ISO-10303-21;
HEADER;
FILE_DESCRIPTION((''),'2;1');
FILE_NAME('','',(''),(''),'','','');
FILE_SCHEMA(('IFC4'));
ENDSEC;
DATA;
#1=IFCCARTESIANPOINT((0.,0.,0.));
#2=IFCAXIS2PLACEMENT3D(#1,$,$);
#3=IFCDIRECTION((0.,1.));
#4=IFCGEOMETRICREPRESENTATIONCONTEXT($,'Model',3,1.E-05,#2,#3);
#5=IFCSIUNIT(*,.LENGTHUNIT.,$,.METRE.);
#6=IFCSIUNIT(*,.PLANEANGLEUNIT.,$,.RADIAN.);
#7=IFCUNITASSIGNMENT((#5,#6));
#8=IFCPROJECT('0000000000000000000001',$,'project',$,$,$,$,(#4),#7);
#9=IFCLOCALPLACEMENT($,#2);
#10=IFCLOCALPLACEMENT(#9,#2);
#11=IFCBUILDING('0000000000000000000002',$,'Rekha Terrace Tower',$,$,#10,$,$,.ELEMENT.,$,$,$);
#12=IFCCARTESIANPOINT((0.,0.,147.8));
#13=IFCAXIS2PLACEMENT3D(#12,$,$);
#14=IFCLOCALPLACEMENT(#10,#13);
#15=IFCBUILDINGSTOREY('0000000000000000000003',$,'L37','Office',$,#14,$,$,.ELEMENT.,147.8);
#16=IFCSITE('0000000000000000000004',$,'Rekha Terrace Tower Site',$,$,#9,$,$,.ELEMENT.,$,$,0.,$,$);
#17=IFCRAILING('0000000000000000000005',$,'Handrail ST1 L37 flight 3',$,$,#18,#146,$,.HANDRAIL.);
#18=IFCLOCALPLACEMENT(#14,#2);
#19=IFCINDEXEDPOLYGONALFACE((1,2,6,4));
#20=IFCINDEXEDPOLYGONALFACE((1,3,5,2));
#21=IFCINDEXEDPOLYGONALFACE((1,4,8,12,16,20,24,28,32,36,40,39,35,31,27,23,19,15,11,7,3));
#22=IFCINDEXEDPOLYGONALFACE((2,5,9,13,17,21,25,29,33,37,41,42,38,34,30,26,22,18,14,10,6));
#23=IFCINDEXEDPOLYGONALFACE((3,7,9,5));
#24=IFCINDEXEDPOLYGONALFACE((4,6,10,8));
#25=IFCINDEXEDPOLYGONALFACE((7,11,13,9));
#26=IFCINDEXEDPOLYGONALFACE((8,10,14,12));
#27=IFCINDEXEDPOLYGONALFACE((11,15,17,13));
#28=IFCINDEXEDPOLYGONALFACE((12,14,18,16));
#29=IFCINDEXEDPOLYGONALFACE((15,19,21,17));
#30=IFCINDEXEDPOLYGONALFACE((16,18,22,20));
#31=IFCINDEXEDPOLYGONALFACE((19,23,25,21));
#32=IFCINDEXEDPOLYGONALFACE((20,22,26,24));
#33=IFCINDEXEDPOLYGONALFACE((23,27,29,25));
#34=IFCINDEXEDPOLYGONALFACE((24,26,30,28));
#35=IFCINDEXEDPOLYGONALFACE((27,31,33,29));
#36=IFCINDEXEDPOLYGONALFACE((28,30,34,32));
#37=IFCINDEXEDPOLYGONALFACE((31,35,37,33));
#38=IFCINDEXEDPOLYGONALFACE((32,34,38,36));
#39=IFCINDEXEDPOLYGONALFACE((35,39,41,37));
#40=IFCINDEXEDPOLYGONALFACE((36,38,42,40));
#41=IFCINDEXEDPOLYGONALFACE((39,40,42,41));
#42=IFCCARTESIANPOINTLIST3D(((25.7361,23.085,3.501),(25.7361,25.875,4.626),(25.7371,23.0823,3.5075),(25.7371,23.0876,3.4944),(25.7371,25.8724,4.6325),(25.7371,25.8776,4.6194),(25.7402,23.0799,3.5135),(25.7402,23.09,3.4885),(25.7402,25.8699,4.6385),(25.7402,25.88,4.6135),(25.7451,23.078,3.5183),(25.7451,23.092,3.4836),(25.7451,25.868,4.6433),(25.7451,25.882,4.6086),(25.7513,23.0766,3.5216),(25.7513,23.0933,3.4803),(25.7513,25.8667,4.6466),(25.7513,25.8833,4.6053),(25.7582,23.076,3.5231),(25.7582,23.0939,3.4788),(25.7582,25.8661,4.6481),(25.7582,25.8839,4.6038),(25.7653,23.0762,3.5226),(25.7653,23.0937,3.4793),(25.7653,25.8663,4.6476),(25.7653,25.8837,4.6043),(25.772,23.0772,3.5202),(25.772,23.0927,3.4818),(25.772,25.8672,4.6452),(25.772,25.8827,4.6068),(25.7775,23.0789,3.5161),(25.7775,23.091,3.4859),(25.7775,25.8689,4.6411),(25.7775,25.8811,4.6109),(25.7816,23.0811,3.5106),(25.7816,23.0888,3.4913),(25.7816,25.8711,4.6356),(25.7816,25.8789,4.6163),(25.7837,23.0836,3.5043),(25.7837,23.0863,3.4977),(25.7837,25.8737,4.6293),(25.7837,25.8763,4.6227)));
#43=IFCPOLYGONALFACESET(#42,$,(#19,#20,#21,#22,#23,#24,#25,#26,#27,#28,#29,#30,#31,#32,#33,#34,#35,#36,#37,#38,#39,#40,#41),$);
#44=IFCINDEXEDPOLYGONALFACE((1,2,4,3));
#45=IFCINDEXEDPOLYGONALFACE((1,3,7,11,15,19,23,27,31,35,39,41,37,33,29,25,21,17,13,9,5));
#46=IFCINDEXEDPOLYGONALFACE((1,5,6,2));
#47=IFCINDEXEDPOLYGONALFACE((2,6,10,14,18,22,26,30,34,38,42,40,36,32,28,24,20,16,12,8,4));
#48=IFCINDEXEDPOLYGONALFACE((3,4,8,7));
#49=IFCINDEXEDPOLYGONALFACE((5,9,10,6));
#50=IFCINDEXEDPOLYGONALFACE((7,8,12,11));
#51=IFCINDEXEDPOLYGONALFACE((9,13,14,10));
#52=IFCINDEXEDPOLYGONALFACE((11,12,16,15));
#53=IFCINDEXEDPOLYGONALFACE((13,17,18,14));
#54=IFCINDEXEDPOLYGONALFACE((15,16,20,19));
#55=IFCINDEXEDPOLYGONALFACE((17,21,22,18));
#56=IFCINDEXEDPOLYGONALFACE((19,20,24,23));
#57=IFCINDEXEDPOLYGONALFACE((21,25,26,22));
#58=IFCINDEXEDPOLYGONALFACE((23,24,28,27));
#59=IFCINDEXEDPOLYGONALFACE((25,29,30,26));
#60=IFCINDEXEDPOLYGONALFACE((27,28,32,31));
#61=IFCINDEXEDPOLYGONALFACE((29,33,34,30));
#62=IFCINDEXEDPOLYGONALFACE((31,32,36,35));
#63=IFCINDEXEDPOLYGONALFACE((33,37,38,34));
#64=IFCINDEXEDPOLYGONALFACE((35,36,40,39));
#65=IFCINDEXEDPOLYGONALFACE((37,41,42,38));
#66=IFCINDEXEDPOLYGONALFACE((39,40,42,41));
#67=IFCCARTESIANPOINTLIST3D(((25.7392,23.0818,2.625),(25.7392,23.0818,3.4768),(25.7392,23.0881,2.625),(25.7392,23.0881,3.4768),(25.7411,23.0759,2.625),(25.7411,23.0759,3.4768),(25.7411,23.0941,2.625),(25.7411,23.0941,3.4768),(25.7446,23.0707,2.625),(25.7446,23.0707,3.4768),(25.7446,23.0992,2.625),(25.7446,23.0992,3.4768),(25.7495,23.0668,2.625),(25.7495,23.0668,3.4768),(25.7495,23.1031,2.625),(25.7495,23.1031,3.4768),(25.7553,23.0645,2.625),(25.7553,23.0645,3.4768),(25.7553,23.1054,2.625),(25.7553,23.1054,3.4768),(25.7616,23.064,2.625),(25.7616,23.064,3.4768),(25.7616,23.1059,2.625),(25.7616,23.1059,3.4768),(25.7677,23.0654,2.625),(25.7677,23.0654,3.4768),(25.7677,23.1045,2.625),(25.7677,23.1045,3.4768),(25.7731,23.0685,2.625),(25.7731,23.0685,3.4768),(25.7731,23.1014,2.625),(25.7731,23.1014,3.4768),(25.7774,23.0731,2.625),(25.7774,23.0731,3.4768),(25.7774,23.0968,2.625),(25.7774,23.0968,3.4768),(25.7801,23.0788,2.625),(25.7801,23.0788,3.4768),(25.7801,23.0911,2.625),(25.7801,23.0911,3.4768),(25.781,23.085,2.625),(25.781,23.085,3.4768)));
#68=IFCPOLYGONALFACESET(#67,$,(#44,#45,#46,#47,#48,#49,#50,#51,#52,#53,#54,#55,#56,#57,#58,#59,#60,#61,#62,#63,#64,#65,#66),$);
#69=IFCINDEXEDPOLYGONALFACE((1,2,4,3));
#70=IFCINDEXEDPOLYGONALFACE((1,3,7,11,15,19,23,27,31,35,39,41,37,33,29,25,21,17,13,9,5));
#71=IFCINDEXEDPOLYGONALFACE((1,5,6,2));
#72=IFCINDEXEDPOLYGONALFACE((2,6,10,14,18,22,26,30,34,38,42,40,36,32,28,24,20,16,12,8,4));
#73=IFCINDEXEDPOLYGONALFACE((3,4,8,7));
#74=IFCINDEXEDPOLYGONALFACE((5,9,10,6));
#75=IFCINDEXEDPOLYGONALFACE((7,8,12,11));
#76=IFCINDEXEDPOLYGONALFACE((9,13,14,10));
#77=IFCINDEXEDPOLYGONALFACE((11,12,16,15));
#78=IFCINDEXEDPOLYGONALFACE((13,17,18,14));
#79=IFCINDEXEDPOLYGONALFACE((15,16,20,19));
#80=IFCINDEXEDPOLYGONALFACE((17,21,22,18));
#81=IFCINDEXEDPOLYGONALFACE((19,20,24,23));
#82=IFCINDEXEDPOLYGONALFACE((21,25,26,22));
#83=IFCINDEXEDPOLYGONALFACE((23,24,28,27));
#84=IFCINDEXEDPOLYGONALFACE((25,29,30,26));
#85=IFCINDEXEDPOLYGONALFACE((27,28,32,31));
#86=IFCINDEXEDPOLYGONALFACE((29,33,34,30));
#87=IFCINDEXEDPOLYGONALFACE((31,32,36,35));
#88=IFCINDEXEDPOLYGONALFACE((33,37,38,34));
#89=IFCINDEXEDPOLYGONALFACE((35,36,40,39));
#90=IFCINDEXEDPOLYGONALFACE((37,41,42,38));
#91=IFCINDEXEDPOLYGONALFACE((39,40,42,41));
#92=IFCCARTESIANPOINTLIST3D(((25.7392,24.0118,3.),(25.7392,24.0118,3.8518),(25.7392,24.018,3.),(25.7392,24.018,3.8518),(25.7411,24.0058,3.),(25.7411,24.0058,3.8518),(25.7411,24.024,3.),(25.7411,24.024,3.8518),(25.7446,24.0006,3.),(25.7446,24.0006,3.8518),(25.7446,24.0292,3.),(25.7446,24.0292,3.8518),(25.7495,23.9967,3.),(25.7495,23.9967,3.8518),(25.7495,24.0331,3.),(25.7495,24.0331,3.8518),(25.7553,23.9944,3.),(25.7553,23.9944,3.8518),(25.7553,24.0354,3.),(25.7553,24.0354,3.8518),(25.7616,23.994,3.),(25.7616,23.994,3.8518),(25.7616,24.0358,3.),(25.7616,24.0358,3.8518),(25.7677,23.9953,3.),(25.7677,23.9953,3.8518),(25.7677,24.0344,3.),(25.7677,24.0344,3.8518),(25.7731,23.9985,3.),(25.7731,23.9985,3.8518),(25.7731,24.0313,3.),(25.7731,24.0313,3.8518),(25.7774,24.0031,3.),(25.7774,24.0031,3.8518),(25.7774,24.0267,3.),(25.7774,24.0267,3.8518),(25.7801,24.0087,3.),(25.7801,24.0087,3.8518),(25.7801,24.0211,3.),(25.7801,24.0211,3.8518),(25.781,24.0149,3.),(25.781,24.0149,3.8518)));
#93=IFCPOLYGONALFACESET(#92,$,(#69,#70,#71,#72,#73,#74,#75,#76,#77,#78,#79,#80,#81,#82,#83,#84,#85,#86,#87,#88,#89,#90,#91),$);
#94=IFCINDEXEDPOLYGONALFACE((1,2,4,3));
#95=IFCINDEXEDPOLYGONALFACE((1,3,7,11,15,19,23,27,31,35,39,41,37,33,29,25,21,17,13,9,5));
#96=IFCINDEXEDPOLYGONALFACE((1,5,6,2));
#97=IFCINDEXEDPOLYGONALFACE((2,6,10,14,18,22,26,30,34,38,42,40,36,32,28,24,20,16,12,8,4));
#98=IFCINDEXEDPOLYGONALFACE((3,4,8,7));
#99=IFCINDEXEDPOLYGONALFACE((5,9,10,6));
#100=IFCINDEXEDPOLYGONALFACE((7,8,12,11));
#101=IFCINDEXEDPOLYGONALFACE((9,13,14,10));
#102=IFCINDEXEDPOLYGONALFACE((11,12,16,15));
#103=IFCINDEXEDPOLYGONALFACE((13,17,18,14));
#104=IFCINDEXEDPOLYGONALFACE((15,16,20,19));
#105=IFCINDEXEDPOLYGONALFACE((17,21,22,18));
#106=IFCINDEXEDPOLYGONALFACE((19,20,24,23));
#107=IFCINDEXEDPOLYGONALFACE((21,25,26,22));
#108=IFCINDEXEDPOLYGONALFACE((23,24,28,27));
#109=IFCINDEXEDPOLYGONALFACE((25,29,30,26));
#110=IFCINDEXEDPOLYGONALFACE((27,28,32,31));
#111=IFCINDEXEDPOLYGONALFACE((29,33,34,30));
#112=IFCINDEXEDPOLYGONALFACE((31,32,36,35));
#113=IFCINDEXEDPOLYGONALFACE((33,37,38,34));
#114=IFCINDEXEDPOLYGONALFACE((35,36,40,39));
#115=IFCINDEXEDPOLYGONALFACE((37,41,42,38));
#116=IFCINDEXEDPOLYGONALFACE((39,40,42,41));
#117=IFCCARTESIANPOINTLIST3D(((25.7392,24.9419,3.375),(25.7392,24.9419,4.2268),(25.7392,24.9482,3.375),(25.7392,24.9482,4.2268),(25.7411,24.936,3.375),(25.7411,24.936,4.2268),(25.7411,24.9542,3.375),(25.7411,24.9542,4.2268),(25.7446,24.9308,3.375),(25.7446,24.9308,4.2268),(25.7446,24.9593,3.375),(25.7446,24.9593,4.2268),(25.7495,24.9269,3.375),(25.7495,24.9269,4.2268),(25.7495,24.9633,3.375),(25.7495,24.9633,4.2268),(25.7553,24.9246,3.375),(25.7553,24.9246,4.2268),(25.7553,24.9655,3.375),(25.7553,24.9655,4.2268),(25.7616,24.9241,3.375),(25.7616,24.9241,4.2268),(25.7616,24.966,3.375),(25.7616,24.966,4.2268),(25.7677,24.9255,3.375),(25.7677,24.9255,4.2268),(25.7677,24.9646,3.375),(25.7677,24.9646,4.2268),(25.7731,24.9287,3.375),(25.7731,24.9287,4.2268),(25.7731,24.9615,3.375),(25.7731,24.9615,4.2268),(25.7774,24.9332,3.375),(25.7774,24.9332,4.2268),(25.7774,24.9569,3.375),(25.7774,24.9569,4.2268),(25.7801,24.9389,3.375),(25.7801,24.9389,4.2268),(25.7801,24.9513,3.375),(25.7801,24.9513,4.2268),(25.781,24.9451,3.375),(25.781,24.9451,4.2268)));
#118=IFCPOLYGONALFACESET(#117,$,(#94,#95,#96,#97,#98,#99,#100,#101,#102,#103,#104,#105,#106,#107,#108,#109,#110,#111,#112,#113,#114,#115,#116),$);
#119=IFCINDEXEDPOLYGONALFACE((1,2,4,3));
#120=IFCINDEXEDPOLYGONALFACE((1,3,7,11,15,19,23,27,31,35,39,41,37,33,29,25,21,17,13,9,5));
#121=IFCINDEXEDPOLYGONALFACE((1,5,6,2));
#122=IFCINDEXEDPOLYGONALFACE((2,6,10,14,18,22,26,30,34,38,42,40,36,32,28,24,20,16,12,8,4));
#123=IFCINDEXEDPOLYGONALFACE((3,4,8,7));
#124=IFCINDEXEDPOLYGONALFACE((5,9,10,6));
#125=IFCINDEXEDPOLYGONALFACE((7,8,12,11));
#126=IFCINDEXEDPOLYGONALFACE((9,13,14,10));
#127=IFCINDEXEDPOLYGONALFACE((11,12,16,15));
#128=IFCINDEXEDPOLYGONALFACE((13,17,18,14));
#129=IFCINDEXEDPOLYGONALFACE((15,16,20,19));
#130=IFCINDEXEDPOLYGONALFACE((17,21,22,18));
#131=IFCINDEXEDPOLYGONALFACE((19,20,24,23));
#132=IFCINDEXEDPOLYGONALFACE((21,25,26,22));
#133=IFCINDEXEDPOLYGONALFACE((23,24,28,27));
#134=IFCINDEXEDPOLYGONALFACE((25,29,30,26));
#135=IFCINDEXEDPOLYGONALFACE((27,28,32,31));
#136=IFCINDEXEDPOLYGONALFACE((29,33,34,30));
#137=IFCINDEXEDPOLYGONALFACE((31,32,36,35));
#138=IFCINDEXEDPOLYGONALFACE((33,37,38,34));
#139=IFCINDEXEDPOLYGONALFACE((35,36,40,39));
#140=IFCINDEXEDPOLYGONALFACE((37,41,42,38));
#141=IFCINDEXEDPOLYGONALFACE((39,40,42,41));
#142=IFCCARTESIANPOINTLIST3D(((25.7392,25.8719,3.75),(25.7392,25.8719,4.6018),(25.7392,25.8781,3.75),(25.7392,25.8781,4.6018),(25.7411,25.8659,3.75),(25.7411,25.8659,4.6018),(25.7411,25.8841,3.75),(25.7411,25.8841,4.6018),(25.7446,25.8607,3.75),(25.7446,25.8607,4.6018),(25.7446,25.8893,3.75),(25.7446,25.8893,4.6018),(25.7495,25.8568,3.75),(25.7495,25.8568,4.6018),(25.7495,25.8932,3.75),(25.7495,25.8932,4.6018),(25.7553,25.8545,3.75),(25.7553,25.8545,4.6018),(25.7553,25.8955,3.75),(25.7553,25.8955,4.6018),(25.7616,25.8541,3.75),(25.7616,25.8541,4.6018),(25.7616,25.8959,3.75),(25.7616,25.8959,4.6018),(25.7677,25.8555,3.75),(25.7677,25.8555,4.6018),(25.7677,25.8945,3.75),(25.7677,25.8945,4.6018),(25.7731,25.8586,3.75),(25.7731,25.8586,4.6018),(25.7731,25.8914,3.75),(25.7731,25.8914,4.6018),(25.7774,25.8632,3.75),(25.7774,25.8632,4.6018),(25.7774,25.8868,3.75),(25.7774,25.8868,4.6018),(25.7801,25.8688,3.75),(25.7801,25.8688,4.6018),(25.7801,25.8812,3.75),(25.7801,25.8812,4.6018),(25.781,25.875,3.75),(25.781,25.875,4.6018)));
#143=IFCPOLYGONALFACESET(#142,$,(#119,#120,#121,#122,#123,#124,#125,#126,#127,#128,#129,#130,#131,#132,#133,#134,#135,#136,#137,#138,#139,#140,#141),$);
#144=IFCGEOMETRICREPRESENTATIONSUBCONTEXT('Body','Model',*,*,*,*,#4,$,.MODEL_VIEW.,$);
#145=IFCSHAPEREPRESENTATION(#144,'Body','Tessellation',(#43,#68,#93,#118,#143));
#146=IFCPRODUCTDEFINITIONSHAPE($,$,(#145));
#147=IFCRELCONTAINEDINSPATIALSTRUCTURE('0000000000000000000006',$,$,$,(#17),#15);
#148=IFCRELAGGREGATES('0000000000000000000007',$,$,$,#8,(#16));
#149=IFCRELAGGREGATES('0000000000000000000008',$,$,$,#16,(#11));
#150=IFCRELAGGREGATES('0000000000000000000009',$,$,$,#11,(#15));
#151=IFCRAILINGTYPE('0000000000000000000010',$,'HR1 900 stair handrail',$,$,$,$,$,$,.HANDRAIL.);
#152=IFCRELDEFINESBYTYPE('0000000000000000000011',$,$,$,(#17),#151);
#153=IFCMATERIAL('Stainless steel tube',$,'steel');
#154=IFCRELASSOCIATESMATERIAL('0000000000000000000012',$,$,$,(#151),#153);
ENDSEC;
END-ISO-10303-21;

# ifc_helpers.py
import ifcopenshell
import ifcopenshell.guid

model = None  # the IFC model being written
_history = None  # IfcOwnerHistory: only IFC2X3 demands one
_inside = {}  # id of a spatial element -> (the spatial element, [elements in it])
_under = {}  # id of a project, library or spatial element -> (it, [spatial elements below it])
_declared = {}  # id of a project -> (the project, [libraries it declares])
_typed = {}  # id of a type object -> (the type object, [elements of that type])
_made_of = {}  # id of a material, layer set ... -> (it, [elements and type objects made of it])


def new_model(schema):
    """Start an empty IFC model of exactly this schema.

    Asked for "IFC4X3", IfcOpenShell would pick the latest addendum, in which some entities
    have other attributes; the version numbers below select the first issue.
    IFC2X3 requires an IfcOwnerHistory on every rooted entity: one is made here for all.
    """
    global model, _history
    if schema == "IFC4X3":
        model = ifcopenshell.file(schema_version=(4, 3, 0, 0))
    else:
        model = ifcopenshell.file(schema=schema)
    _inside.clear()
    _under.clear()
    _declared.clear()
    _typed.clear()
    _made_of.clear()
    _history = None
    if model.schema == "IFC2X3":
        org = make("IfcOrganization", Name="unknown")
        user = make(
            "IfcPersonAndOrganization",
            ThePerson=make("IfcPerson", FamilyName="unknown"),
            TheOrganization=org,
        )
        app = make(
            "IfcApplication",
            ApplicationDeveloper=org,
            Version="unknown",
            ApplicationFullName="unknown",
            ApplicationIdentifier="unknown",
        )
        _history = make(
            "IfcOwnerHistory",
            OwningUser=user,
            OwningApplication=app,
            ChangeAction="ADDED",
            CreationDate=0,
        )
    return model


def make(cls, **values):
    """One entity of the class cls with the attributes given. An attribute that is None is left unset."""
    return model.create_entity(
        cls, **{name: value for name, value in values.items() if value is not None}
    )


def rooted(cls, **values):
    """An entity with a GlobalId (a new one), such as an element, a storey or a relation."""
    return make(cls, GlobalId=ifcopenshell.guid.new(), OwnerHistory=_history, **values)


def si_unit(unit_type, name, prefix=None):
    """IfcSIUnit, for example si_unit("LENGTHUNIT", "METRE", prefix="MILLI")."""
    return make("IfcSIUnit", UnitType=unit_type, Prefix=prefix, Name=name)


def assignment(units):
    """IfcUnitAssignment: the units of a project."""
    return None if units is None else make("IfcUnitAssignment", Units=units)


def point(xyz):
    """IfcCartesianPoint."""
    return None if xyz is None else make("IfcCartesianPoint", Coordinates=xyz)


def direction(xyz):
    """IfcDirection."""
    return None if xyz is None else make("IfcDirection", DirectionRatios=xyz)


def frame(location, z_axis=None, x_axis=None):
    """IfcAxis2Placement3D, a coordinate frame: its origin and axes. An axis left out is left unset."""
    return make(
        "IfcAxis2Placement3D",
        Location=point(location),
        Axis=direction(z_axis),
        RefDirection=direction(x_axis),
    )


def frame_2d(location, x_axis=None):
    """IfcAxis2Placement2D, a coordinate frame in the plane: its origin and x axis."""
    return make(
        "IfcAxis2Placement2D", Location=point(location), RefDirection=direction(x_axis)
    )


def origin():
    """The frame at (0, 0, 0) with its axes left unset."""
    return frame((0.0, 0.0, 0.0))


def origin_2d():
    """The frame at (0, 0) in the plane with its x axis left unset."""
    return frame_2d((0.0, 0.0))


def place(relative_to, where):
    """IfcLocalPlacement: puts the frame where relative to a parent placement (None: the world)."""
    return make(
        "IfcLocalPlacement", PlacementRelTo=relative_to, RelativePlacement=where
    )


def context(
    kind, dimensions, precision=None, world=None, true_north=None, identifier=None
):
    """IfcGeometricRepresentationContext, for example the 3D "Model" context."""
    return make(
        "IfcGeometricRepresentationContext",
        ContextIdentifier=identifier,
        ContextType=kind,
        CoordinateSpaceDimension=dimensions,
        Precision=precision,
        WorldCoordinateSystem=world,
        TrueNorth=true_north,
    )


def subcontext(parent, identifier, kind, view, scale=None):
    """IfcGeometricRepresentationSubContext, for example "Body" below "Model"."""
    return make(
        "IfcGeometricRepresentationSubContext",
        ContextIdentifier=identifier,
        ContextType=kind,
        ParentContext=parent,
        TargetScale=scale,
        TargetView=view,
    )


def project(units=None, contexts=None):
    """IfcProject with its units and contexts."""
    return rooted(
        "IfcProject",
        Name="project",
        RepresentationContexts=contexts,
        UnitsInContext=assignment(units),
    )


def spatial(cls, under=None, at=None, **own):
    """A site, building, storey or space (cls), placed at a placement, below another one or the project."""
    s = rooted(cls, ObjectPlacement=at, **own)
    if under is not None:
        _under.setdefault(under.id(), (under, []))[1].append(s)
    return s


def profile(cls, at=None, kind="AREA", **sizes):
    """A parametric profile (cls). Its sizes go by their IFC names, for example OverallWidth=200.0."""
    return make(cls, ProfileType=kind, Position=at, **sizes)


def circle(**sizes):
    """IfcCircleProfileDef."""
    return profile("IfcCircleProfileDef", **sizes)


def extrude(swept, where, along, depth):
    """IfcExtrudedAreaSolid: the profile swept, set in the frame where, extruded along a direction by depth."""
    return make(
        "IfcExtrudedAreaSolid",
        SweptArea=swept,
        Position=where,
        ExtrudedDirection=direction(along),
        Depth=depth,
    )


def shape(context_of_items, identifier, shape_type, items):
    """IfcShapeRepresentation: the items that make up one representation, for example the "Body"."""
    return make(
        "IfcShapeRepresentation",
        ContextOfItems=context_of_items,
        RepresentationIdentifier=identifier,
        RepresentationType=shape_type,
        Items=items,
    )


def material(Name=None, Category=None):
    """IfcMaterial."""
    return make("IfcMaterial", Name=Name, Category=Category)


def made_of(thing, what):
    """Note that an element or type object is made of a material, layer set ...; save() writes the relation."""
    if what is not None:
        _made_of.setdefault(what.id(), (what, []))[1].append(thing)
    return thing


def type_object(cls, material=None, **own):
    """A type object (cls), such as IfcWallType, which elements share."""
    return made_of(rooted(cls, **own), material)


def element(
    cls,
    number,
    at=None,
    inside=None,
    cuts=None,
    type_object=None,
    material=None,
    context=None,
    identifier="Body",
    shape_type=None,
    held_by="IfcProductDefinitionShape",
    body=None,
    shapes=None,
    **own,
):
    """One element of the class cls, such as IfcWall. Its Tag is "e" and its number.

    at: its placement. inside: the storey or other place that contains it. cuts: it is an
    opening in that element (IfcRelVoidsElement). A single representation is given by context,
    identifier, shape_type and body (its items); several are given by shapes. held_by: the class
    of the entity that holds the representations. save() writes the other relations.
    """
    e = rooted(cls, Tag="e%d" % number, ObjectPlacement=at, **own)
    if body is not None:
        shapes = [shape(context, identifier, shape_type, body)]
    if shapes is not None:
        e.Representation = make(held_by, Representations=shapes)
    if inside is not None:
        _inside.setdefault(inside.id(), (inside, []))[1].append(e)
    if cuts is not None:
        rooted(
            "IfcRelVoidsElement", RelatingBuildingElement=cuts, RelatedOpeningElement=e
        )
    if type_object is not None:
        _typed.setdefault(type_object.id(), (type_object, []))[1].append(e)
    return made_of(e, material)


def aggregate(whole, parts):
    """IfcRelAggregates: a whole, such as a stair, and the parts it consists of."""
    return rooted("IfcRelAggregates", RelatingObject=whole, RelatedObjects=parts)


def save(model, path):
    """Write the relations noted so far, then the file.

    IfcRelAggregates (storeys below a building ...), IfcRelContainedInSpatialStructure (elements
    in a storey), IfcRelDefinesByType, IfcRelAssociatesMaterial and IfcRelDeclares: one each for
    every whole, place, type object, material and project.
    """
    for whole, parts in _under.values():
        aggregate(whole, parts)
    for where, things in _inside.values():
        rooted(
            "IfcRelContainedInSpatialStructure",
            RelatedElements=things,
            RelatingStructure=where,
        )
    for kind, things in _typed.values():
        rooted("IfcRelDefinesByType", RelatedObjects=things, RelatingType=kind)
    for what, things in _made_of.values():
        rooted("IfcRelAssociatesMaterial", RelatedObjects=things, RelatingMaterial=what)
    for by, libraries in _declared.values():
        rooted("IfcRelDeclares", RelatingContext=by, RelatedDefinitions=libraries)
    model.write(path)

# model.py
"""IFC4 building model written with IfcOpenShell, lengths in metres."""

from ifc_helpers import new_model, si_unit, direction, frame, origin, origin_2d, place, context, subcontext, project, spatial, circle, extrude, material, type_object, element, save


model = new_model("IFC4")

# Units and contexts
model_context = context("Model", 3, precision=1e-05, world=origin(), true_north=direction((0.0, 1.0)))
body_context = subcontext(model_context, "Body", "Model", "MODEL_VIEW")
ifc_project = project(units=[si_unit("LENGTHUNIT", "METRE"), si_unit("PLANEANGLEUNIT", "RADIAN")], contexts=[model_context])

# Site, building, storey
site_placement = place(None, origin())
site = spatial("IfcSite", under=ifc_project, at=site_placement, Name="Rekha Terrace Tower Site", CompositionType="ELEMENT", RefElevation=0.0)
building_placement = place(site_placement, origin())
building = spatial("IfcBuilding", under=site, at=building_placement, Name="Rekha Terrace Tower", CompositionType="ELEMENT")
storey_placement = place(building_placement, frame((0.0, 0.0, 147.8)))
storey = spatial("IfcBuildingStorey", under=building, at=storey_placement, Name="L37", Description="Office", CompositionType="ELEMENT", Elevation=147.8)

# Railing
ifc_material_1 = material(Name="Stainless steel tube", Category="steel")
railing_type_1 = type_object("IfcRailingType", Name="HR1 900 stair handrail", PredefinedType="HANDRAIL", material=ifc_material_1)
railing_1_placement = place(storey_placement, frame((25.76, 23.085, 2.625)))
element("IfcRailing", 1, at=railing_1_placement, inside=storey, type_object=railing_type_1, Name="Handrail ST1 L37 flight 3", PredefinedType="HANDRAIL", context=body_context, shape_type="SweptSolid", body=[
    extrude(circle(Radius=0.0239, at=origin_2d()), frame((0.0, 0.0, 0.876), z_axis=(0.0, 0.927443, 0.373964), x_axis=(-1.0, 0.0, 0.0)), (0.0, 0.0, 1.0), 3.0083),
    extrude(circle(Radius=0.021, at=origin_2d()), origin(), (0.0, 0.0, 1.0), 0.8518),
    extrude(circle(Radius=0.021, at=origin_2d()), frame((0.0, 0.9299, 0.375)), (0.0, 0.0, 1.0), 0.8518),
    extrude(circle(Radius=0.021, at=origin_2d()), frame((0.0, 1.8601, 0.75)), (0.0, 0.0, 1.0), 0.8518),
    extrude(circle(Radius=0.021, at=origin_2d()), frame((0.0, 2.79, 1.125)), (0.0, 0.0, 1.0), 0.8518),
])

save(model, "model.ifc")
